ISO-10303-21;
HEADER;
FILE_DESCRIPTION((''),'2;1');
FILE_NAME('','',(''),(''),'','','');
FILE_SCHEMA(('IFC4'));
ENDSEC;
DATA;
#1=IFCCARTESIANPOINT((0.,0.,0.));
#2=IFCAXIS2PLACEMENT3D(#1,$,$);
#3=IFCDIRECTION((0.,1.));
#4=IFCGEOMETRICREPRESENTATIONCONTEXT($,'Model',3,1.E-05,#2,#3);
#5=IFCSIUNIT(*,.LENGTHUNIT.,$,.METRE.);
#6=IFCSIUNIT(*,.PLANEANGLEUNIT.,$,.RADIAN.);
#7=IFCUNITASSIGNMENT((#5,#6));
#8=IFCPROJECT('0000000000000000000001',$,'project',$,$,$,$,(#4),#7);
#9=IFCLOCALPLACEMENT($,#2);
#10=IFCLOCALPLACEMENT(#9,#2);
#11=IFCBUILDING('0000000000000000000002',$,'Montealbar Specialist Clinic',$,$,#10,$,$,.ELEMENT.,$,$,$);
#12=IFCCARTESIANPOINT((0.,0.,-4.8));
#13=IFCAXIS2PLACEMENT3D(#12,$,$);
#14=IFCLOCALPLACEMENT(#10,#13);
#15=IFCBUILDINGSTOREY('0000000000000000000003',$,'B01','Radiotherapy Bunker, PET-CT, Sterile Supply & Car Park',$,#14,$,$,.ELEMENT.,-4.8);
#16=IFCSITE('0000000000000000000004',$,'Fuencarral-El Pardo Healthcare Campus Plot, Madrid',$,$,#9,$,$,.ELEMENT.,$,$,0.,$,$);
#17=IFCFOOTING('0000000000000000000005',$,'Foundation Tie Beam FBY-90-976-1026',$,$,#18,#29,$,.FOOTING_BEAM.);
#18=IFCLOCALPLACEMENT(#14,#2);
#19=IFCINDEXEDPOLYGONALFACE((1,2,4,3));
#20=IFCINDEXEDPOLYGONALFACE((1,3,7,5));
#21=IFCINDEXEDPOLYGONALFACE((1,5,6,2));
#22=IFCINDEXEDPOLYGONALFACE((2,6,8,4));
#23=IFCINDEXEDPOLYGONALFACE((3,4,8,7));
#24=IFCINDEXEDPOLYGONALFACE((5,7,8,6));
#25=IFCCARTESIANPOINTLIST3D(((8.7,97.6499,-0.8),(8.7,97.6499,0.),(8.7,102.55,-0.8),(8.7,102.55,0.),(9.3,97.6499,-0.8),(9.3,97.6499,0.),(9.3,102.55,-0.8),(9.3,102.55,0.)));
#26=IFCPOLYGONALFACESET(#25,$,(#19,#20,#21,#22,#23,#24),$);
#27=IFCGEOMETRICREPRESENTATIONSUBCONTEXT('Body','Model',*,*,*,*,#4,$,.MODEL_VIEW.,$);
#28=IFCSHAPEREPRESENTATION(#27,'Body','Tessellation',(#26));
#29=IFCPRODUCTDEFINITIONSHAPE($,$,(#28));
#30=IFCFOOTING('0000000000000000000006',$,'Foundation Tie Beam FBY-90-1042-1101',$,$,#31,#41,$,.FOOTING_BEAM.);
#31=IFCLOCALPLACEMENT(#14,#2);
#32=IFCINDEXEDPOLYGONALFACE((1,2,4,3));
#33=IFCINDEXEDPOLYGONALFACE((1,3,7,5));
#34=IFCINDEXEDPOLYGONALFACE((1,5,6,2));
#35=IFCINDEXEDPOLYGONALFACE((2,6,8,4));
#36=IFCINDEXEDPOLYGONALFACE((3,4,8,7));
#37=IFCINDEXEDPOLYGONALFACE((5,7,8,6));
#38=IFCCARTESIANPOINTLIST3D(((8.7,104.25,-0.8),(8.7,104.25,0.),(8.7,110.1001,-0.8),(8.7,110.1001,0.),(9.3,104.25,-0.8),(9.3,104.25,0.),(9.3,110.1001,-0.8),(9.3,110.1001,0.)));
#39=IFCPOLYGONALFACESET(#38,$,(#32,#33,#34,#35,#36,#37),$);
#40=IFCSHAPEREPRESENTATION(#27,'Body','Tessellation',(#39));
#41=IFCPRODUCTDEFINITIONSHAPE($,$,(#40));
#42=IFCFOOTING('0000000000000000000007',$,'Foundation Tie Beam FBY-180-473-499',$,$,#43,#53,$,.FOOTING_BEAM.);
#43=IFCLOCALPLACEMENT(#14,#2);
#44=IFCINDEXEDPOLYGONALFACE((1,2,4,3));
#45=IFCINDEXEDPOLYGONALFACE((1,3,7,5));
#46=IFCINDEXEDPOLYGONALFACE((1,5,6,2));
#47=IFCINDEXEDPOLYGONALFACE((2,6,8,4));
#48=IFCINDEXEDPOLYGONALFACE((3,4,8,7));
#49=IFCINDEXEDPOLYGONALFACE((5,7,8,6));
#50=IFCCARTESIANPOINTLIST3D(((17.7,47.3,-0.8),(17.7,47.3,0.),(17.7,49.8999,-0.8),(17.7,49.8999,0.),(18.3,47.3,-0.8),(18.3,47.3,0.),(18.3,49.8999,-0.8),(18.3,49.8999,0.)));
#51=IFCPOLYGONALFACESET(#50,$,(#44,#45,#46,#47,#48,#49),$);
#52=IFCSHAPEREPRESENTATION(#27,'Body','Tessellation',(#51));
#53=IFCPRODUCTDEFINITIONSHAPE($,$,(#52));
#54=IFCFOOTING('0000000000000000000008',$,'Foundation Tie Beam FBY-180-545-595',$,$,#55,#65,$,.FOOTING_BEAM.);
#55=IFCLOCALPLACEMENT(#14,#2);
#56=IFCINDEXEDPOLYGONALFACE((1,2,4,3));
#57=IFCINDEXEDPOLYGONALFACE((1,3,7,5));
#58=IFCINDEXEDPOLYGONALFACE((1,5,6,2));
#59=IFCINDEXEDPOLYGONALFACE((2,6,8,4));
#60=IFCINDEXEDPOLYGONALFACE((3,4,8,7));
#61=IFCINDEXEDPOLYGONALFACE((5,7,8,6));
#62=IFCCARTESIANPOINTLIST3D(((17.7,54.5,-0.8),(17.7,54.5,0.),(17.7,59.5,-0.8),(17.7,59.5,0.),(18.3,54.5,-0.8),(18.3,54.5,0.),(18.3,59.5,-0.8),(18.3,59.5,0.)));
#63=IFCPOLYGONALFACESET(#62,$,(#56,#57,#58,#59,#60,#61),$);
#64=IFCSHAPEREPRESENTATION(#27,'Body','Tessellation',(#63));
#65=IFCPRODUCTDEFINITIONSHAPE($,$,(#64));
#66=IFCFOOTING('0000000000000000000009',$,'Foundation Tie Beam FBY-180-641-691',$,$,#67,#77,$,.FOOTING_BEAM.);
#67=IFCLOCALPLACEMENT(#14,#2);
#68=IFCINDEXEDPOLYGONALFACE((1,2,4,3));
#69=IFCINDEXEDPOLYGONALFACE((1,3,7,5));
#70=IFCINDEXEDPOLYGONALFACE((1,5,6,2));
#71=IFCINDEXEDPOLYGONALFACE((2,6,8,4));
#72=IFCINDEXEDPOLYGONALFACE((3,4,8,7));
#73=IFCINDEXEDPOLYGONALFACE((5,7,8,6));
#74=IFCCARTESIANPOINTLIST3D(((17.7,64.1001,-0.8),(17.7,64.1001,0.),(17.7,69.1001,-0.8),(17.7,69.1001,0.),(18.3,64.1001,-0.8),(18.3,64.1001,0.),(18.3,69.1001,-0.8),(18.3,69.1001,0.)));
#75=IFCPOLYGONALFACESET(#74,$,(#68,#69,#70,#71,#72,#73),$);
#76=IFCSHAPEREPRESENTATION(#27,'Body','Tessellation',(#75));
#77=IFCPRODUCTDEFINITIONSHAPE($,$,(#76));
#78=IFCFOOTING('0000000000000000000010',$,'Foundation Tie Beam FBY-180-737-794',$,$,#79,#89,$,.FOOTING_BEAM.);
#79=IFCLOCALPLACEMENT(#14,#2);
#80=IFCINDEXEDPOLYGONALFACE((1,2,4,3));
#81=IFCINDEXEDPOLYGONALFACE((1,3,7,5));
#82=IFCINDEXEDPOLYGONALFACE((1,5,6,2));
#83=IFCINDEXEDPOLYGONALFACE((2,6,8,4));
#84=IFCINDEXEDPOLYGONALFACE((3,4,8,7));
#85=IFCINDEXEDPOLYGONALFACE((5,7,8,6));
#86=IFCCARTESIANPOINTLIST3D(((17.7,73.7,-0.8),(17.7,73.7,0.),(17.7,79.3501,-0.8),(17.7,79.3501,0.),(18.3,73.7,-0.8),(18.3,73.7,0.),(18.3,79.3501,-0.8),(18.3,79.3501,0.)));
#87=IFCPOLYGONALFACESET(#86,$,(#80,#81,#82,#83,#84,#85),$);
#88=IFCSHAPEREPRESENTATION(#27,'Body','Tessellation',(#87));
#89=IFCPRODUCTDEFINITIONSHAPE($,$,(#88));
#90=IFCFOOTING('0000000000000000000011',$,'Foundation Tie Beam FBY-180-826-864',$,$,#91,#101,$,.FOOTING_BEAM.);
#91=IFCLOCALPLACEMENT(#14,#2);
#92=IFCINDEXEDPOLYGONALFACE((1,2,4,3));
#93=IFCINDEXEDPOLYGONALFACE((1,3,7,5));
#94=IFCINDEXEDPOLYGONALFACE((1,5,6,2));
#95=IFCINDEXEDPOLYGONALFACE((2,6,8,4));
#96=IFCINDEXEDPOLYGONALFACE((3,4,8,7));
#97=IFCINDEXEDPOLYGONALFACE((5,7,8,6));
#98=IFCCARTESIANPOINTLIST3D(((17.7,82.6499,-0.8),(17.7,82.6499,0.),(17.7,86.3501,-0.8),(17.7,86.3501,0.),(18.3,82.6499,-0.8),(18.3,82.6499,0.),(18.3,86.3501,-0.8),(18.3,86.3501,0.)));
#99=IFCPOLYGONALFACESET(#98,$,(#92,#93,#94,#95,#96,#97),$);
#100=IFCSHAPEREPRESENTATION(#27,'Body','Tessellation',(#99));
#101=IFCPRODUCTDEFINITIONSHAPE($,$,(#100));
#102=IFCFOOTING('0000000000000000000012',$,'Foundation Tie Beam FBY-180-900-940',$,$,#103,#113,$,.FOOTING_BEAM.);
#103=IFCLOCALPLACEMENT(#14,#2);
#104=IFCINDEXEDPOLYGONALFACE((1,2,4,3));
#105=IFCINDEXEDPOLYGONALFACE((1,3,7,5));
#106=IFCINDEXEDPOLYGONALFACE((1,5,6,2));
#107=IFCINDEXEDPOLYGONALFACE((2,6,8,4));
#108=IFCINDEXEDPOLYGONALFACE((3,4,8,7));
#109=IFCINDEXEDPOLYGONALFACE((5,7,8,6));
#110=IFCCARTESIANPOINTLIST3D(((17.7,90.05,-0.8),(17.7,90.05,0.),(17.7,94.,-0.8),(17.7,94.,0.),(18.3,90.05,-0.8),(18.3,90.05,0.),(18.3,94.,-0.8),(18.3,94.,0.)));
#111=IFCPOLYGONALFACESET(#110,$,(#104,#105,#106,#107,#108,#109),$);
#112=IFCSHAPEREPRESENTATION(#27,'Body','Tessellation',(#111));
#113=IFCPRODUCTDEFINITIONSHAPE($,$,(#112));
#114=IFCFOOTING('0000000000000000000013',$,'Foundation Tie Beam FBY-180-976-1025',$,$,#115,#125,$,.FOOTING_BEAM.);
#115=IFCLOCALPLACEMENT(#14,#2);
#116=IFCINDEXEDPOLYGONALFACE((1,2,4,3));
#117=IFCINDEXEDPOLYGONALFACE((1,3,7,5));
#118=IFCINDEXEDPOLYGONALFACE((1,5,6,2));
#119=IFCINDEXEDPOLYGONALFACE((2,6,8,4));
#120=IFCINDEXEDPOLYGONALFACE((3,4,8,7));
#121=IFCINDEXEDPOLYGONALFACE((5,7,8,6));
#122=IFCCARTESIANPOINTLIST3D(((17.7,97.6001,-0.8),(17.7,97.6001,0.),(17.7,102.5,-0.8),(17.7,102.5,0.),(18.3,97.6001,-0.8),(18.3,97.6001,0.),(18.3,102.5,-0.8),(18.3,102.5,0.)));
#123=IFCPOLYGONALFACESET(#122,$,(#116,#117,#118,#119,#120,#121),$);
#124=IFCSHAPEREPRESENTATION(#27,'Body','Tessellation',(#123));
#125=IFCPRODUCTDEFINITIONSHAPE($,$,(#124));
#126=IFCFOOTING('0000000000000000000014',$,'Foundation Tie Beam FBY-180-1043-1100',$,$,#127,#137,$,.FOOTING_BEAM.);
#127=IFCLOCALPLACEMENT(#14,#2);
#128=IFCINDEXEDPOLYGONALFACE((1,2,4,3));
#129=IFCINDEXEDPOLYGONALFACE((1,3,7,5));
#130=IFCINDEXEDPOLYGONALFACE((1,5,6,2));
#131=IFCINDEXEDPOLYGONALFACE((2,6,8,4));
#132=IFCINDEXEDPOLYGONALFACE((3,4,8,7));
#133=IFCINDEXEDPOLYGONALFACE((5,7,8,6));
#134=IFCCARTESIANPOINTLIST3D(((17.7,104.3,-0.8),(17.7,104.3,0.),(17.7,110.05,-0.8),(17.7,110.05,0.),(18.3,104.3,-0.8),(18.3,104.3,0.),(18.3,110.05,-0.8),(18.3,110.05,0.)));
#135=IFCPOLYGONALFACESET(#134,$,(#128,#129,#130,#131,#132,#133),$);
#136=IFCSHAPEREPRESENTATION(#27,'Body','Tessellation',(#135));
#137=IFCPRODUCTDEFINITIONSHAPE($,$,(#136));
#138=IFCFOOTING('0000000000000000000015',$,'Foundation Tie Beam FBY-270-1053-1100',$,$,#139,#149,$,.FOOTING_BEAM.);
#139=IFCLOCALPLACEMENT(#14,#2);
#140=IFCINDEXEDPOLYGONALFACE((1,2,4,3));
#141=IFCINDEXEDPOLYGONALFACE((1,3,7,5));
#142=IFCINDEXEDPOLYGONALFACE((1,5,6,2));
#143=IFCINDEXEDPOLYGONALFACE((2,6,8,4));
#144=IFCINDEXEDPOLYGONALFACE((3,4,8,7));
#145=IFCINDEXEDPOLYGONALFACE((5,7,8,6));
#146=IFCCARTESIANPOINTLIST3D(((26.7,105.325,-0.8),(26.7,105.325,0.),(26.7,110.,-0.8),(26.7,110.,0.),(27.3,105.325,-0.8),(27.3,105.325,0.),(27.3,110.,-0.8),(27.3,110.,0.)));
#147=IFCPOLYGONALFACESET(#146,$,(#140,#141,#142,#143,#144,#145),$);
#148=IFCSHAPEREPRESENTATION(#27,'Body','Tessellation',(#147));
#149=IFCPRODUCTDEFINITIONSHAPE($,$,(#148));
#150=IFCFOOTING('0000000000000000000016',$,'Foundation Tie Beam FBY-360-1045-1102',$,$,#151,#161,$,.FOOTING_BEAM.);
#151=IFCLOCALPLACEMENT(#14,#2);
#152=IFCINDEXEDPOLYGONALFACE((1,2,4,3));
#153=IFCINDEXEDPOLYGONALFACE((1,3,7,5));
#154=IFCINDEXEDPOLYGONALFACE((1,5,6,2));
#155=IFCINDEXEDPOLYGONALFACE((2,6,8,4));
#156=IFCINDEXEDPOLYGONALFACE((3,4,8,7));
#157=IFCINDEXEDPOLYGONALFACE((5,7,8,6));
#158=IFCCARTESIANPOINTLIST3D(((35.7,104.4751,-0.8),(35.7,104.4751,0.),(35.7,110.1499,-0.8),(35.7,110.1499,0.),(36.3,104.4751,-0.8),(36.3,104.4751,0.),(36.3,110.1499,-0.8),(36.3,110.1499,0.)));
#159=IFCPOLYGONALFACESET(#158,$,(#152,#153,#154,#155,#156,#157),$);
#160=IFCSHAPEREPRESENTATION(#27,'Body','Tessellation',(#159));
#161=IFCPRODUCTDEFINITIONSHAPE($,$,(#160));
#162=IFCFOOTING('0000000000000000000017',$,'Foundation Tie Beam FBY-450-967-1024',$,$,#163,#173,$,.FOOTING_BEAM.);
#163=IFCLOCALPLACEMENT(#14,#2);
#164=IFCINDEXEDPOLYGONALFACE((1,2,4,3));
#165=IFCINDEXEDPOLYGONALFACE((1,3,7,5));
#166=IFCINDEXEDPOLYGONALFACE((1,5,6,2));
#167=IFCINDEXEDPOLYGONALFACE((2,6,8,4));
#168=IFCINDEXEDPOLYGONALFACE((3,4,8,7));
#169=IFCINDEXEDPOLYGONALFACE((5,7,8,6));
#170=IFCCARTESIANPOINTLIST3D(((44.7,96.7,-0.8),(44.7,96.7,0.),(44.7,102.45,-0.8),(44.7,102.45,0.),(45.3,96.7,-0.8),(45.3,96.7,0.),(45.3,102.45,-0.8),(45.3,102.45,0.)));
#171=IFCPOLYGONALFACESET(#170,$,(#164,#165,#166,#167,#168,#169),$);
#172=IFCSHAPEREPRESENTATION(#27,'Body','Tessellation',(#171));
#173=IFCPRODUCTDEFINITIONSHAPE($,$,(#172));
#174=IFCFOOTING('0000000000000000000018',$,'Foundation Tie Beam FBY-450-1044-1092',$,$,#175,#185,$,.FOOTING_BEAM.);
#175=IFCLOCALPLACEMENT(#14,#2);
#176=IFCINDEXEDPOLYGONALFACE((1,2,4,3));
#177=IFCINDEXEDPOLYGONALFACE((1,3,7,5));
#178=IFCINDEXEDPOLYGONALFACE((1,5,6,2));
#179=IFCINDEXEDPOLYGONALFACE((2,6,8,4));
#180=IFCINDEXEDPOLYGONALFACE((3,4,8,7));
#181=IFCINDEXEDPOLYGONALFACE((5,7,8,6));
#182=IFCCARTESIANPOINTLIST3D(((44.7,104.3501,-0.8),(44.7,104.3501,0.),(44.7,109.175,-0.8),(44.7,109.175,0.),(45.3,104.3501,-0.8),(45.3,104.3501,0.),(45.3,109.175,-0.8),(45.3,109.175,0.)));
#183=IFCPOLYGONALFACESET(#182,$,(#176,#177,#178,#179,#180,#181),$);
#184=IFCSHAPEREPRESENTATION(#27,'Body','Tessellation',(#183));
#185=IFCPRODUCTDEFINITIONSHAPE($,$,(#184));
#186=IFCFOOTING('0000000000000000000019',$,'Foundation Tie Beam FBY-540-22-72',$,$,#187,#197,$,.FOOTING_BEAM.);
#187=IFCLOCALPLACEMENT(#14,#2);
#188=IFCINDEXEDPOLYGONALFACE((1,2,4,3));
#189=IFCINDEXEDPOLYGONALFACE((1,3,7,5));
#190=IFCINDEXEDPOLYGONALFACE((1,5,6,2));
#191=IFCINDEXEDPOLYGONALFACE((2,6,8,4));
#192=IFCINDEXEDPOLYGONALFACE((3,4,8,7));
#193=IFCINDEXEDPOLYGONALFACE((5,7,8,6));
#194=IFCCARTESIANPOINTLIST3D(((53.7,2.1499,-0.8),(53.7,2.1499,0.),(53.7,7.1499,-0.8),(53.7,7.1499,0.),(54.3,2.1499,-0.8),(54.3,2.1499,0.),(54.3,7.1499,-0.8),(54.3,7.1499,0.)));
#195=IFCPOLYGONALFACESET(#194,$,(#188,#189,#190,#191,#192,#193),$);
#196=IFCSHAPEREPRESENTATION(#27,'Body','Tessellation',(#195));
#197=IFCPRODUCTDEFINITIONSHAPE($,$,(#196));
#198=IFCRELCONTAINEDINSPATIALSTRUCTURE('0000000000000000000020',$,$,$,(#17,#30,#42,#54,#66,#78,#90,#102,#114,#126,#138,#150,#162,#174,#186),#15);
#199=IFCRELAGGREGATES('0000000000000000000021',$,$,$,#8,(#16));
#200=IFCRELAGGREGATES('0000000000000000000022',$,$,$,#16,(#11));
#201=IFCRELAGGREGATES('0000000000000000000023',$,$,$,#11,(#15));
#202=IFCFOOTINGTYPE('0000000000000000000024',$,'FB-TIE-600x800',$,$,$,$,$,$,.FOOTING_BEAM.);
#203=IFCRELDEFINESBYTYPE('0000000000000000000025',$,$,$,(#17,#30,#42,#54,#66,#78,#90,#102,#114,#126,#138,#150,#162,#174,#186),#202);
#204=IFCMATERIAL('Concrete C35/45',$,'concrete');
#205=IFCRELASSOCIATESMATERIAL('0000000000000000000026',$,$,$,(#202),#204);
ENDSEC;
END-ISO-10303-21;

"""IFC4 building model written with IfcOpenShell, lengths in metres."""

from ifc_helpers import new_model, si_unit, direction, frame, origin, place, context, subcontext, project, spatial, polyline, outline, extrude, material, type_object, element, save


model = new_model("IFC4")

# Units and contexts
model_context = context("Model", 3, precision=1e-05, world=origin(), true_north=direction((0.0, 1.0)))
body_context = subcontext(model_context, "Body", "Model", "MODEL_VIEW")
ifc_project = project(units=[si_unit("LENGTHUNIT", "METRE"), si_unit("PLANEANGLEUNIT", "RADIAN")], contexts=[model_context])

# Site, building, storey
site_placement = place(None, origin())
site = spatial("IfcSite", under=ifc_project, at=site_placement, Name="Fuencarral-El Pardo Healthcare Campus Plot, Madrid", CompositionType="ELEMENT", RefElevation=0.0)
building_placement = place(site_placement, origin())
building = spatial("IfcBuilding", under=site, at=building_placement, Name="Montealbar Specialist Clinic", CompositionType="ELEMENT")
storey_placement = place(building_placement, frame((0.0, 0.0, -4.8)))
storey = spatial("IfcBuildingStorey", under=building, at=storey_placement, Name="B01", Description="Radiotherapy Bunker, PET-CT, Sterile Supply & Car Park", CompositionType="ELEMENT", Elevation=-4.8)

# Footings
ifc_material = material(Name="Concrete C35/45", Category="concrete")
footing_type = type_object("IfcFootingType", Name="FB-TIE-600x800", PredefinedType="FOOTING_BEAM", material=ifc_material)
footing_1_placement = place(storey_placement, frame((0.0, 0.0, -0.8)))
element("IfcFooting", 1, at=footing_1_placement, inside=storey, type_object=footing_type, Name="Foundation Tie Beam FBY-90-976-1026", PredefinedType="FOOTING_BEAM", context=body_context, shape_type="SweptSolid", body=[
    extrude(outline(polyline([(8.7, 97.6499), (9.3, 97.6499), (9.3, 102.55), (8.7, 102.55), (8.7, 97.6499)])), origin(), (0.0, 0.0, 1.0), 0.8),
])
footing_2_placement = place(storey_placement, frame((0.0, 0.0, -0.8)))
element("IfcFooting", 2, at=footing_2_placement, inside=storey, type_object=footing_type, Name="Foundation Tie Beam FBY-90-1042-1101", PredefinedType="FOOTING_BEAM", context=body_context, shape_type="SweptSolid", body=[
    extrude(outline(polyline([(8.7, 104.25), (9.3, 104.25), (9.3, 110.1001), (8.7, 110.1001), (8.7, 104.25)])), origin(), (0.0, 0.0, 1.0), 0.8),
])
footing_3_placement = place(storey_placement, frame((0.0, 0.0, -0.8)))
element("IfcFooting", 3, at=footing_3_placement, inside=storey, type_object=footing_type, Name="Foundation Tie Beam FBY-180-473-499", PredefinedType="FOOTING_BEAM", context=body_context, shape_type="SweptSolid", body=[
    extrude(outline(polyline([(17.7, 47.3), (18.3, 47.3), (18.3, 49.8999), (17.7, 49.8999), (17.7, 47.3)])), origin(), (0.0, 0.0, 1.0), 0.8),
])
footing_4_placement = place(storey_placement, frame((0.0, 0.0, -0.8)))
element("IfcFooting", 4, at=footing_4_placement, inside=storey, type_object=footing_type, Name="Foundation Tie Beam FBY-180-545-595", PredefinedType="FOOTING_BEAM", context=body_context, shape_type="SweptSolid", body=[
    extrude(outline(polyline([(17.7, 54.5), (18.3, 54.5), (18.3, 59.5), (17.7, 59.5), (17.7, 54.5)])), origin(), (0.0, 0.0, 1.0), 0.8),
])
footing_5_placement = place(storey_placement, frame((0.0, 0.0, -0.8)))
element("IfcFooting", 5, at=footing_5_placement, inside=storey, type_object=footing_type, Name="Foundation Tie Beam FBY-180-641-691", PredefinedType="FOOTING_BEAM", context=body_context, shape_type="SweptSolid", body=[
    extrude(outline(polyline([(17.7, 64.1001), (18.3, 64.1001), (18.3, 69.1001), (17.7, 69.1001), (17.7, 64.1001)])), origin(), (0.0, 0.0, 1.0), 0.8),
])
footing_6_placement = place(storey_placement, frame((0.0, 0.0, -0.8)))
element("IfcFooting", 6, at=footing_6_placement, inside=storey, type_object=footing_type, Name="Foundation Tie Beam FBY-180-737-794", PredefinedType="FOOTING_BEAM", context=body_context, shape_type="SweptSolid", body=[
    extrude(outline(polyline([(17.7, 73.7), (18.3, 73.7), (18.3, 79.3501), (17.7, 79.3501), (17.7, 73.7)])), origin(), (0.0, 0.0, 1.0), 0.8),
])
footing_7_placement = place(storey_placement, frame((0.0, 0.0, -0.8)))
element("IfcFooting", 7, at=footing_7_placement, inside=storey, type_object=footing_type, Name="Foundation Tie Beam FBY-180-826-864", PredefinedType="FOOTING_BEAM", context=body_context, shape_type="SweptSolid", body=[
    extrude(outline(polyline([(17.7, 82.6499), (18.3, 82.6499), (18.3, 86.3501), (17.7, 86.3501), (17.7, 82.6499)])), origin(), (0.0, 0.0, 1.0), 0.8),
])
footing_8_placement = place(storey_placement, frame((0.0, 0.0, -0.8)))
element("IfcFooting", 8, at=footing_8_placement, inside=storey, type_object=footing_type, Name="Foundation Tie Beam FBY-180-900-940", PredefinedType="FOOTING_BEAM", context=body_context, shape_type="SweptSolid", body=[
    extrude(outline(polyline([(17.7, 90.05), (18.3, 90.05), (18.3, 94.0), (17.7, 94.0), (17.7, 90.05)])), origin(), (0.0, 0.0, 1.0), 0.8),
])
footing_9_placement = place(storey_placement, frame((0.0, 0.0, -0.8)))
element("IfcFooting", 9, at=footing_9_placement, inside=storey, type_object=footing_type, Name="Foundation Tie Beam FBY-180-976-1025", PredefinedType="FOOTING_BEAM", context=body_context, shape_type="SweptSolid", body=[
    extrude(outline(polyline([(17.7, 97.6001), (18.3, 97.6001), (18.3, 102.5), (17.7, 102.5), (17.7, 97.6001)])), origin(), (0.0, 0.0, 1.0), 0.8),
])
footing_10_placement = place(storey_placement, frame((0.0, 0.0, -0.8)))
element("IfcFooting", 10, at=footing_10_placement, inside=storey, type_object=footing_type, Name="Foundation Tie Beam FBY-180-1043-1100", PredefinedType="FOOTING_BEAM", context=body_context, shape_type="SweptSolid", body=[
    extrude(outline(polyline([(17.7, 104.3), (18.3, 104.3), (18.3, 110.05), (17.7, 110.05), (17.7, 104.3)])), origin(), (0.0, 0.0, 1.0), 0.8),
])
footing_11_placement = place(storey_placement, frame((0.0, 0.0, -0.8)))
element("IfcFooting", 11, at=footing_11_placement, inside=storey, type_object=footing_type, Name="Foundation Tie Beam FBY-270-1053-1100", PredefinedType="FOOTING_BEAM", context=body_context, shape_type="SweptSolid", body=[
    extrude(outline(polyline([(26.7, 105.325), (27.3, 105.325), (27.3, 110.0), (26.7, 110.0), (26.7, 105.325)])), origin(), (0.0, 0.0, 1.0), 0.8),
])
footing_12_placement = place(storey_placement, frame((0.0, 0.0, -0.8)))
element("IfcFooting", 12, at=footing_12_placement, inside=storey, type_object=footing_type, Name="Foundation Tie Beam FBY-360-1045-1102", PredefinedType="FOOTING_BEAM", context=body_context, shape_type="SweptSolid", body=[
    extrude(outline(polyline([(35.7, 104.4751), (36.3, 104.4751), (36.3, 110.1499), (35.7, 110.1499), (35.7, 104.4751)])), origin(), (0.0, 0.0, 1.0), 0.8),
])
footing_13_placement = place(storey_placement, frame((0.0, 0.0, -0.8)))
element("IfcFooting", 13, at=footing_13_placement, inside=storey, type_object=footing_type, Name="Foundation Tie Beam FBY-450-967-1024", PredefinedType="FOOTING_BEAM", context=body_context, shape_type="SweptSolid", body=[
    extrude(outline(polyline([(44.7, 96.7), (45.3, 96.7), (45.3, 102.45), (44.7, 102.45), (44.7, 96.7)])), origin(), (0.0, 0.0, 1.0), 0.8),
])
footing_14_placement = place(storey_placement, frame((0.0, 0.0, -0.8)))
element("IfcFooting", 14, at=footing_14_placement, inside=storey, type_object=footing_type, Name="Foundation Tie Beam FBY-450-1044-1092", PredefinedType="FOOTING_BEAM", context=body_context, shape_type="SweptSolid", body=[
    extrude(outline(polyline([(44.7, 104.3501), (45.3, 104.3501), (45.3, 109.175), (44.7, 109.175), (44.7, 104.3501)])), origin(), (0.0, 0.0, 1.0), 0.8),
])
footing_15_placement = place(storey_placement, frame((0.0, 0.0, -0.8)))
element("IfcFooting", 15, at=footing_15_placement, inside=storey, type_object=footing_type, Name="Foundation Tie Beam FBY-540-22-72", PredefinedType="FOOTING_BEAM", context=body_context, shape_type="SweptSolid", body=[
    extrude(outline(polyline([(53.7, 2.1499), (54.3, 2.1499), (54.3, 7.1499), (53.7, 7.1499), (53.7, 2.1499)])), origin(), (0.0, 0.0, 1.0), 0.8),
])

save(model, "model.ifc")
